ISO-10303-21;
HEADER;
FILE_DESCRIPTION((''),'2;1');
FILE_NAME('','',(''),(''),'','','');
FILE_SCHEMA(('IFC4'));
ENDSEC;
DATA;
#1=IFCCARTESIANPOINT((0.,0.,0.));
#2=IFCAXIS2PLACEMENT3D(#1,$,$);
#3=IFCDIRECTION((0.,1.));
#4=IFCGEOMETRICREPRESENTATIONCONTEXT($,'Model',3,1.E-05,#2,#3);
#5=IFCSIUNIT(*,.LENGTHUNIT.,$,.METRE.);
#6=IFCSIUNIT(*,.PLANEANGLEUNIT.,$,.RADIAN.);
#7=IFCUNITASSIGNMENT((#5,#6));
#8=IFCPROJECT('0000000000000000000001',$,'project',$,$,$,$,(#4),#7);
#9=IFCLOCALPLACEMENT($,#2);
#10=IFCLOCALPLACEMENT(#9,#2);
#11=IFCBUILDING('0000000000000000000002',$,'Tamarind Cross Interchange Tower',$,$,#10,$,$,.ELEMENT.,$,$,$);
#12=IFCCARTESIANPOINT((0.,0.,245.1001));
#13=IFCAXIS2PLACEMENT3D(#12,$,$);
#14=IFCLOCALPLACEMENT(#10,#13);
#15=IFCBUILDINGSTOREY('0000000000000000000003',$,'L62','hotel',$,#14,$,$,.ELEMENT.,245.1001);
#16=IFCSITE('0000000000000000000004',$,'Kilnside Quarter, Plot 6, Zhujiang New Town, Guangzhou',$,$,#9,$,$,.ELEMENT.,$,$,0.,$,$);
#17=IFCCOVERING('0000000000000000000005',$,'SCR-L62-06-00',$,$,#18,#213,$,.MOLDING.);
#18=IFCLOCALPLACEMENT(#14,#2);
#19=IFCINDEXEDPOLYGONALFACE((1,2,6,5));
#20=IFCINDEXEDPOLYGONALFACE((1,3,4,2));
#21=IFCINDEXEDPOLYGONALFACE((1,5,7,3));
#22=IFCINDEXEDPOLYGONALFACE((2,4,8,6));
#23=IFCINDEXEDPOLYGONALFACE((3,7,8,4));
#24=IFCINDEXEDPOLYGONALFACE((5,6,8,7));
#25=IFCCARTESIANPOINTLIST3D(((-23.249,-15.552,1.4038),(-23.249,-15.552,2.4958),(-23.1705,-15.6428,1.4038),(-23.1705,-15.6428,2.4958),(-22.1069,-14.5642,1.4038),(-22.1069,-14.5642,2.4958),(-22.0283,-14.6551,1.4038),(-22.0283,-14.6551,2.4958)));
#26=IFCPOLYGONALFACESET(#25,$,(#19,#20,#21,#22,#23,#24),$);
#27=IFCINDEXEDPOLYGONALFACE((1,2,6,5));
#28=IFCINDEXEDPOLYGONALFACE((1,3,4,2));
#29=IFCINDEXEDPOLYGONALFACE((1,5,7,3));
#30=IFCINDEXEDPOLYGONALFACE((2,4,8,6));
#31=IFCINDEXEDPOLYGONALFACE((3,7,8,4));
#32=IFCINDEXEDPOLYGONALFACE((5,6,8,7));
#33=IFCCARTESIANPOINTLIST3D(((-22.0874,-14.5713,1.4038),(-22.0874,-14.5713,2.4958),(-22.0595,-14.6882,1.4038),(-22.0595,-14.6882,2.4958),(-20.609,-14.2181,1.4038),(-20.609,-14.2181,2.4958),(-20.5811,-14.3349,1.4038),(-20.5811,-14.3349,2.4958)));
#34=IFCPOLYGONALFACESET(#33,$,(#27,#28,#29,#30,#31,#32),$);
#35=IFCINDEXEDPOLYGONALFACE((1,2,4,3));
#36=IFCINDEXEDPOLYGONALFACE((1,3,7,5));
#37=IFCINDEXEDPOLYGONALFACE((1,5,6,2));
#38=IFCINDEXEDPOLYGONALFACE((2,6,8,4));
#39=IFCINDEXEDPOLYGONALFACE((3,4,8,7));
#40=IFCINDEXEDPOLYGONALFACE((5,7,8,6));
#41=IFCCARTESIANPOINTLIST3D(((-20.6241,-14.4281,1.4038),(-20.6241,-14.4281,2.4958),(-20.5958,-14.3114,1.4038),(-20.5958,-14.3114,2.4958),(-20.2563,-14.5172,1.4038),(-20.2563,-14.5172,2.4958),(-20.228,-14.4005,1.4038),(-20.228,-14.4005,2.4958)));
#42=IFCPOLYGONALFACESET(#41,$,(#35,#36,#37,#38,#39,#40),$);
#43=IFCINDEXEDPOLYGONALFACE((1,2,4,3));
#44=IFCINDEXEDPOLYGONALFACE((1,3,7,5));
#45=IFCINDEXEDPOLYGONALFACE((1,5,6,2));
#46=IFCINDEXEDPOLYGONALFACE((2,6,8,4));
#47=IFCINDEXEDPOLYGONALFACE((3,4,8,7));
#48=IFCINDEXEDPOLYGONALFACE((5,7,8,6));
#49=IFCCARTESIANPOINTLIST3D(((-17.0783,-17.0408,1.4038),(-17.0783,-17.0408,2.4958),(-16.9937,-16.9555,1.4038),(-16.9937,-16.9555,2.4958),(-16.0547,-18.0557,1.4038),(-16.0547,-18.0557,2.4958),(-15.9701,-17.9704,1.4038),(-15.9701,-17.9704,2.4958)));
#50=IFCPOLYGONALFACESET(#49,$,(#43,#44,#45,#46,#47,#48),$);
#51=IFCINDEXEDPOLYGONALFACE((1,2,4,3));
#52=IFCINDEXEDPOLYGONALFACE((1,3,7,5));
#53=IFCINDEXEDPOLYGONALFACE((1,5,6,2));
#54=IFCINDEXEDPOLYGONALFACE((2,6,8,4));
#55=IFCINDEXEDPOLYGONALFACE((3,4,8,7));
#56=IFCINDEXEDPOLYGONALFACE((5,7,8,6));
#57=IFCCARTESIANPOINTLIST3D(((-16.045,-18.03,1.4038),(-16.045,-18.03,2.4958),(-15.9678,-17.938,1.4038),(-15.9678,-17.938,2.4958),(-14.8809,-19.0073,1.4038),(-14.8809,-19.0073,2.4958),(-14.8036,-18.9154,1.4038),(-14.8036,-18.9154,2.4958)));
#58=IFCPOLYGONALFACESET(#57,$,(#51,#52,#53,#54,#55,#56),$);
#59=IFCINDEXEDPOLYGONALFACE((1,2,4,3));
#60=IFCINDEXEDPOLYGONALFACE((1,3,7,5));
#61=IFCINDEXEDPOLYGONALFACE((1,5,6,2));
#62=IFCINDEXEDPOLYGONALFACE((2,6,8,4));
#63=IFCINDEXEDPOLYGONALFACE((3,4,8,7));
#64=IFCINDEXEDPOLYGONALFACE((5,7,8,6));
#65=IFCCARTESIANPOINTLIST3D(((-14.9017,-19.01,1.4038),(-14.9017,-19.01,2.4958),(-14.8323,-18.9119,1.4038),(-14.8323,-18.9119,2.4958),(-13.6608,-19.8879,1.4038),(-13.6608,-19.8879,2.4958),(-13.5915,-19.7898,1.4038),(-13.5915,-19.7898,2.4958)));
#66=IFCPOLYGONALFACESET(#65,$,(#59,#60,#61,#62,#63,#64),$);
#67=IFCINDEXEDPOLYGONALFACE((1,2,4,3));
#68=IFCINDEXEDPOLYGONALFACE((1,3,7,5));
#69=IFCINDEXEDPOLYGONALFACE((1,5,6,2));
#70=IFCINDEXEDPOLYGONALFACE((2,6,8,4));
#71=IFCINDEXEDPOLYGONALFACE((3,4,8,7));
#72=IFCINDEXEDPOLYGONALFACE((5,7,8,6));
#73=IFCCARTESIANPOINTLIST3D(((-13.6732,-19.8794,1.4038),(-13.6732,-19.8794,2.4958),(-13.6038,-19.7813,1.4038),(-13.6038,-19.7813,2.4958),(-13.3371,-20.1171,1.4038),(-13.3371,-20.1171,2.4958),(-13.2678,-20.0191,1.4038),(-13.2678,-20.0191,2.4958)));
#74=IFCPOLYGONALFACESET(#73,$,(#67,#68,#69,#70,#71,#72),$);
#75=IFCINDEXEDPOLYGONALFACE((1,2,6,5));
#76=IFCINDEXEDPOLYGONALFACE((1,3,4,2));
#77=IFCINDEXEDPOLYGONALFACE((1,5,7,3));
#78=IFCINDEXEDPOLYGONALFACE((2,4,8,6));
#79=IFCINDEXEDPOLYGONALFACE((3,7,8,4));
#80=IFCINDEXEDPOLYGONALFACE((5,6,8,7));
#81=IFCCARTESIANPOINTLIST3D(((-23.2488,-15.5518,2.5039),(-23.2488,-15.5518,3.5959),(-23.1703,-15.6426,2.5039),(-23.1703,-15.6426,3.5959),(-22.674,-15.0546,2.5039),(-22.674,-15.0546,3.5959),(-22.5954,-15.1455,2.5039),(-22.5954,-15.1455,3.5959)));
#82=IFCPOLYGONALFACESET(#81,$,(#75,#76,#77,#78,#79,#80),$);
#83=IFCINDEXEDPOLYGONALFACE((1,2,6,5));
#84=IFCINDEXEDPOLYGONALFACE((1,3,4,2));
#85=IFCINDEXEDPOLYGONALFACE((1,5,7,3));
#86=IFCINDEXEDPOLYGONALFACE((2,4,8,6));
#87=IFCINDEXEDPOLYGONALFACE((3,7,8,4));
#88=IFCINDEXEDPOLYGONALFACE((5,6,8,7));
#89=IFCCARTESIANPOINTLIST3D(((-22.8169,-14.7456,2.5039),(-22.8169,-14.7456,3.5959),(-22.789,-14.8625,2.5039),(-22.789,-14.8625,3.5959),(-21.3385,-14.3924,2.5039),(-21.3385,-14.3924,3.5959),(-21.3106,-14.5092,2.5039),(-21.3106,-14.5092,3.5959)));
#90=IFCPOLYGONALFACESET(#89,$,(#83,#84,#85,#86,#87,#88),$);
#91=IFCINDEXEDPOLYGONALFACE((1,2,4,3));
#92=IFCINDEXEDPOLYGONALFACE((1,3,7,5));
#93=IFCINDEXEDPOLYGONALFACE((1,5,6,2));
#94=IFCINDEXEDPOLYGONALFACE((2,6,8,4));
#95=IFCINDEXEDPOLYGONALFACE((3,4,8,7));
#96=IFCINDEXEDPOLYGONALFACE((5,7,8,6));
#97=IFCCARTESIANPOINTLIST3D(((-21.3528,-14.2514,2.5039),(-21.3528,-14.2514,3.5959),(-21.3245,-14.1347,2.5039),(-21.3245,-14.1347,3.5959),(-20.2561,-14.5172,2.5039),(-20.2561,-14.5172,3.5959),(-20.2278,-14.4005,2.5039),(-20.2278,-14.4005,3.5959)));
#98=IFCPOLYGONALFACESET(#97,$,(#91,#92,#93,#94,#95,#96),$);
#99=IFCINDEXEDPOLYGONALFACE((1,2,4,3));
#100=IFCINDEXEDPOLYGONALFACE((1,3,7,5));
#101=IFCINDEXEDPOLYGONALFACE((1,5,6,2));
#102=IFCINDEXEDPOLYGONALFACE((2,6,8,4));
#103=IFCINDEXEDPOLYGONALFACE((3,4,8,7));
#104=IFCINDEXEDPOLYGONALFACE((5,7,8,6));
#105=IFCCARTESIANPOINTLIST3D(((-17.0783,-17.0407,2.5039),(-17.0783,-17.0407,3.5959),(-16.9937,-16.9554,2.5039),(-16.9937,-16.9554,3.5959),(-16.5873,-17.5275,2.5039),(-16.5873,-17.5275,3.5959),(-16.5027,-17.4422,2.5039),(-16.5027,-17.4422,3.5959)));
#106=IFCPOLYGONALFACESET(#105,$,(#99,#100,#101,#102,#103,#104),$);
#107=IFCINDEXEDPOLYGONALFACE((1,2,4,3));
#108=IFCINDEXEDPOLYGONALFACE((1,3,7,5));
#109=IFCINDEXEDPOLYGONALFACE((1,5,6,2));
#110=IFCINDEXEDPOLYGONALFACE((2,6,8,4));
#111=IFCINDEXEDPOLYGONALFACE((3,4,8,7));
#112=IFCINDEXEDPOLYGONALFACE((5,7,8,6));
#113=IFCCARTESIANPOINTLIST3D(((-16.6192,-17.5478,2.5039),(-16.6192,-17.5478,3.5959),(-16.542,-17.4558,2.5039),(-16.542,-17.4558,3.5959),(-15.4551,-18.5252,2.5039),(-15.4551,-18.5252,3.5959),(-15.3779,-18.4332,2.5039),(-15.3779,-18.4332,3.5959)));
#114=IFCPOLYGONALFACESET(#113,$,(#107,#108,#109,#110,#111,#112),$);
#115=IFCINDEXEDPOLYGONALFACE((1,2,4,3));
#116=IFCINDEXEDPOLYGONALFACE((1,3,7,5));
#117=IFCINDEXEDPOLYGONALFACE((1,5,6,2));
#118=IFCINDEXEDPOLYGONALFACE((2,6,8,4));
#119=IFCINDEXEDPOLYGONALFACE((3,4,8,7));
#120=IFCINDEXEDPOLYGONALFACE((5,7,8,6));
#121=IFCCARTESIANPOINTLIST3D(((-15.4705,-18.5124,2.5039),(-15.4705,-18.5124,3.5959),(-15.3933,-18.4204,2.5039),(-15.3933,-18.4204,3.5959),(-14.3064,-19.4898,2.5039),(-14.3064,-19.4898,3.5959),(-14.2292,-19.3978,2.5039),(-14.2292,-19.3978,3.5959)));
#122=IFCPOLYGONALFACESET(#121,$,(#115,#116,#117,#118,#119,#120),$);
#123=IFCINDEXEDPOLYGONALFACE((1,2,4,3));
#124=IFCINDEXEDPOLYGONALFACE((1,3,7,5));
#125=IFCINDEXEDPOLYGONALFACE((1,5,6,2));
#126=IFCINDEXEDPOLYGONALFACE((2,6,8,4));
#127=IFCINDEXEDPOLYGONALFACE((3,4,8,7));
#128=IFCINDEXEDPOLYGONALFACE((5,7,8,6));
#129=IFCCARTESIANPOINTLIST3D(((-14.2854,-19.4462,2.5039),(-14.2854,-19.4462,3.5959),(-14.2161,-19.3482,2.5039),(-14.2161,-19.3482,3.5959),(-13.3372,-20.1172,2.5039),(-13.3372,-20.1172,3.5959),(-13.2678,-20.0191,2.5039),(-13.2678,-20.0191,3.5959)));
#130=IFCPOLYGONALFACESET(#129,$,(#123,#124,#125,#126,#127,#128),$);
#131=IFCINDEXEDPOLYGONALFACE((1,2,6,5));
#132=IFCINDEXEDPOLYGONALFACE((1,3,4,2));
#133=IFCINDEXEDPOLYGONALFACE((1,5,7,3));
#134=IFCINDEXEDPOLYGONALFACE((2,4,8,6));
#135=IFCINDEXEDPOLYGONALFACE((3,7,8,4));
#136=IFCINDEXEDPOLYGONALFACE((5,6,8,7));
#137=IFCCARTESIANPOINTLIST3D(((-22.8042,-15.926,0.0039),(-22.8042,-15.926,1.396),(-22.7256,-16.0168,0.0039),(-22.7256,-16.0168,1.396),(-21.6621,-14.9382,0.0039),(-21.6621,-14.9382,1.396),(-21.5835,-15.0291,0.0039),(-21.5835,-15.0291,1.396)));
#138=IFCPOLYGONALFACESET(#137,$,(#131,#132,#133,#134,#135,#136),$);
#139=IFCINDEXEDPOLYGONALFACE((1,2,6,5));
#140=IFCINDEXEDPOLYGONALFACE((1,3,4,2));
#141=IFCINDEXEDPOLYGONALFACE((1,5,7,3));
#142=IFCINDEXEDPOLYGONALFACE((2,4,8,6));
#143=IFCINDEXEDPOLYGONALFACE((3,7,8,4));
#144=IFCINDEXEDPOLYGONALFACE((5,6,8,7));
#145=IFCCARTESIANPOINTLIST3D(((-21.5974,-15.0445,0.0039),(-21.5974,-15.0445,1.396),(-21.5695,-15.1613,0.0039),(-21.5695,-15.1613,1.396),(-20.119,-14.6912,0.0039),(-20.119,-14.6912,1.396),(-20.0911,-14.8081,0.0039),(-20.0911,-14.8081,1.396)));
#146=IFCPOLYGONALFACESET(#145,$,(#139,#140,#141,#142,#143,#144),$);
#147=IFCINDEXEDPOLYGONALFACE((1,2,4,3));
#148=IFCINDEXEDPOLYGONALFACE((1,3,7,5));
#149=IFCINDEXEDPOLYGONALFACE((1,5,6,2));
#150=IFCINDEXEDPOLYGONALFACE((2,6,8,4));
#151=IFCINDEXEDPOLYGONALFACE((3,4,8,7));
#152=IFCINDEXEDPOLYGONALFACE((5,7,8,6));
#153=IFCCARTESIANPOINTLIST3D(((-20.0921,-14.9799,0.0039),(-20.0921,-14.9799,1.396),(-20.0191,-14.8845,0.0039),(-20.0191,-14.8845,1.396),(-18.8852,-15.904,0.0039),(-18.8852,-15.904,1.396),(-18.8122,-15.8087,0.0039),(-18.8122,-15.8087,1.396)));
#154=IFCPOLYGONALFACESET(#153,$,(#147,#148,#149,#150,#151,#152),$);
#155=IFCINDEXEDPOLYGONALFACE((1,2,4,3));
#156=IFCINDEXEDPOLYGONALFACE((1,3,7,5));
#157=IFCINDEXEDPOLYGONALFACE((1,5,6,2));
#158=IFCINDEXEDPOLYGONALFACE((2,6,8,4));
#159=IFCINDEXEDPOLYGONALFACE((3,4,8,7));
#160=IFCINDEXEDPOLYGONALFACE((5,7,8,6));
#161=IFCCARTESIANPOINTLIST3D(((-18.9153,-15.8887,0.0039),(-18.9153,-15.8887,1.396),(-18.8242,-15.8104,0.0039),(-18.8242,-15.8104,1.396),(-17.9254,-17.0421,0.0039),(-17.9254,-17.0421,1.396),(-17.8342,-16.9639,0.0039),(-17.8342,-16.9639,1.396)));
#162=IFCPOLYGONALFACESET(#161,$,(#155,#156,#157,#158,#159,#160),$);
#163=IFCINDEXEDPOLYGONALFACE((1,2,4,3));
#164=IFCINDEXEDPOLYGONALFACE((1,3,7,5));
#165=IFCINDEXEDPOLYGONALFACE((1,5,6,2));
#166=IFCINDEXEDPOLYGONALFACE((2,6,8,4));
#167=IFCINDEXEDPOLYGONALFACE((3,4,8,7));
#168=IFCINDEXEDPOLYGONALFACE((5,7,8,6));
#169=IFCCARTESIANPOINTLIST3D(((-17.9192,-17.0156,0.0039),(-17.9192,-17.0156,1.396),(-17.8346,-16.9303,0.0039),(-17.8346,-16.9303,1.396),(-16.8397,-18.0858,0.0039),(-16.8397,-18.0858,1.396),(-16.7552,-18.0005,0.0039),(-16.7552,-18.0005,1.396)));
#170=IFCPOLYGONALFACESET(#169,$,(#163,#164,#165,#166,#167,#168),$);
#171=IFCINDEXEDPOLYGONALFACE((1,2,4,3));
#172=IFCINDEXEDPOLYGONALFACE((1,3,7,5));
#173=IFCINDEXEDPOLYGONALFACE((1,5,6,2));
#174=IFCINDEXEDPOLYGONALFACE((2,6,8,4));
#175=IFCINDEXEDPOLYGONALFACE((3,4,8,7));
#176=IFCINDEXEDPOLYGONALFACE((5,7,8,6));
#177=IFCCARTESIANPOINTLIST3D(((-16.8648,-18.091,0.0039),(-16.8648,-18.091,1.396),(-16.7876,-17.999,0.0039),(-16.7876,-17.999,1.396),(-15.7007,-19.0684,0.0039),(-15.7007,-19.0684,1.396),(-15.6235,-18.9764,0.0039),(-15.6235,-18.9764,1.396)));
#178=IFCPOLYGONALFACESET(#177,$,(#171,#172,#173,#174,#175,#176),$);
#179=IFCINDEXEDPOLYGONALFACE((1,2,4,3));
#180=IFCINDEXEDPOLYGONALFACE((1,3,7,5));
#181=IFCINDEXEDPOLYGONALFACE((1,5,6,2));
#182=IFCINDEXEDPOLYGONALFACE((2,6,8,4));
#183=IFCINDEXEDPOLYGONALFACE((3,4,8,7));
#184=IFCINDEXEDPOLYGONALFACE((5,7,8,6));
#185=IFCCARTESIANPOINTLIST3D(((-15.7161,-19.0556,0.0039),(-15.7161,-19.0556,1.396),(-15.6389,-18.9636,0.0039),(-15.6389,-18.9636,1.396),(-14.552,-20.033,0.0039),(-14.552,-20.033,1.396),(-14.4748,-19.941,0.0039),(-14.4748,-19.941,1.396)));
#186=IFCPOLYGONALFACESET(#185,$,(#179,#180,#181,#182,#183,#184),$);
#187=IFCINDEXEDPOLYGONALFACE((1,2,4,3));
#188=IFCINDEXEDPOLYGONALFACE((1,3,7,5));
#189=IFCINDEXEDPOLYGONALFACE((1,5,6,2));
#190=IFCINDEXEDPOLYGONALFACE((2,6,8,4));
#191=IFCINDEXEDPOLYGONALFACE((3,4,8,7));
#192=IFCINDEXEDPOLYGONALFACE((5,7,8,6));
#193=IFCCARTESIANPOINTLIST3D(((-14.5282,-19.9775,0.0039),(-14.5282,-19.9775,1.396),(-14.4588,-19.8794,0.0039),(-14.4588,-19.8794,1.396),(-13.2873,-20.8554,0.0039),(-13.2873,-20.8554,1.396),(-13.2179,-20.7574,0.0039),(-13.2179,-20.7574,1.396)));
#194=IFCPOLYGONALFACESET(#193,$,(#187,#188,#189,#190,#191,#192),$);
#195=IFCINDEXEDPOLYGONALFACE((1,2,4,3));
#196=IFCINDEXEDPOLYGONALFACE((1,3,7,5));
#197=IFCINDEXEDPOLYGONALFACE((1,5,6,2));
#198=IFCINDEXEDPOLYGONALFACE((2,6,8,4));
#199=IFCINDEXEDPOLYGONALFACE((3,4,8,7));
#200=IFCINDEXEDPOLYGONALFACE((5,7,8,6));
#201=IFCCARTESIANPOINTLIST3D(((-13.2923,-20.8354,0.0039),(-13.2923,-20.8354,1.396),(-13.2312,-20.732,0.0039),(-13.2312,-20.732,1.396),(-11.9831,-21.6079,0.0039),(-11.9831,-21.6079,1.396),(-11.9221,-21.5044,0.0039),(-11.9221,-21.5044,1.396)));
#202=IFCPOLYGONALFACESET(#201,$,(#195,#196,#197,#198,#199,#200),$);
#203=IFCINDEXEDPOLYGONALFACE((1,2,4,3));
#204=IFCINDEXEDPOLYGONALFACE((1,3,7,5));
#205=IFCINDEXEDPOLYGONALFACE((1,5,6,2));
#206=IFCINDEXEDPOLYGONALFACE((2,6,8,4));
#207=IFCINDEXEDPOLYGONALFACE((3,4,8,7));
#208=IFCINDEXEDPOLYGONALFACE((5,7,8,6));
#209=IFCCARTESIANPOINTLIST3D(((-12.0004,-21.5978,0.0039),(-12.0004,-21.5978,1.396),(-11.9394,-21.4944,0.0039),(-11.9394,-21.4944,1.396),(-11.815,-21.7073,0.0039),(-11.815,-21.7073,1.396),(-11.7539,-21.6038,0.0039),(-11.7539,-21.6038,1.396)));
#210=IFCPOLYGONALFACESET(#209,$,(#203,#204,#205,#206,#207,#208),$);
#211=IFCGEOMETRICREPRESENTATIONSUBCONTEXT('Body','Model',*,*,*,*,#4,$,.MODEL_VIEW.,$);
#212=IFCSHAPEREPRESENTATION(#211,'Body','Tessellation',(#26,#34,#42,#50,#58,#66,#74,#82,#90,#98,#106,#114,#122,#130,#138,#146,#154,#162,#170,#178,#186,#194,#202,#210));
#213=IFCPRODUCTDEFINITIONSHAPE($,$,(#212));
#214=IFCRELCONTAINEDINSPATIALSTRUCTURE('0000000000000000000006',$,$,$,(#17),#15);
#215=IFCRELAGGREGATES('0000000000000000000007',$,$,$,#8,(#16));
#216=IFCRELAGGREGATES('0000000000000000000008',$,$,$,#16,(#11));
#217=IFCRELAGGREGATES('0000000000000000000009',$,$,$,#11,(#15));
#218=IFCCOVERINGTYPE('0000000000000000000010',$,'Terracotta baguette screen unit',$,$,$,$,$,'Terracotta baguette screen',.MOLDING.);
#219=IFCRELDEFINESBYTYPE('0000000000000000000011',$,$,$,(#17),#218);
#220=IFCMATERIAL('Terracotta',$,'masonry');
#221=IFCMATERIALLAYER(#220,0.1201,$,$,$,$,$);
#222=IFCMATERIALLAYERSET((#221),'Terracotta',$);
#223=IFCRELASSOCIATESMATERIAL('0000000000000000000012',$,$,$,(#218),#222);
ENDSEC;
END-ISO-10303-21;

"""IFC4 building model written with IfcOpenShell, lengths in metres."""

from ifc_helpers import new_model, si_unit, direction, frame, origin, origin_2d, place, context, subcontext, project, spatial, rectangle, extrude, material, layer, layer_set, type_object, element, save


model = new_model("IFC4")

# Units and contexts
model_context = context("Model", 3, precision=1e-05, world=origin(), true_north=direction((0.0, 1.0)))
body_context = subcontext(model_context, "Body", "Model", "MODEL_VIEW")
ifc_project = project(units=[si_unit("LENGTHUNIT", "METRE"), si_unit("PLANEANGLEUNIT", "RADIAN")], contexts=[model_context])

# Site, building, storey
site_placement = place(None, origin())
site = spatial("IfcSite", under=ifc_project, at=site_placement, Name="Kilnside Quarter, Plot 6, Zhujiang New Town, Guangzhou", CompositionType="ELEMENT", RefElevation=0.0)
building_placement = place(site_placement, origin())
building = spatial("IfcBuilding", under=site, at=building_placement, Name="Tamarind Cross Interchange Tower", CompositionType="ELEMENT")
storey_placement = place(building_placement, frame((0.0, 0.0, 245.1001)))
storey = spatial("IfcBuildingStorey", under=building, at=storey_placement, Name="L62", Description="hotel", CompositionType="ELEMENT", Elevation=245.1001)

# Covering
ifc_material_1 = material(Name="Terracotta", Category="masonry")
ifc_layer_1 = layer(ifc_material_1, 0.1201)
ifc_layer_set_1 = layer_set([ifc_layer_1], Name="Terracotta")
covering_type = type_object("IfcCoveringType", Name="Terracotta baguette screen unit", ElementType="Terracotta baguette screen", PredefinedType="MOLDING", material=ifc_layer_set_1)
covering_1_placement = place(storey_placement, origin())
element("IfcCovering", 1, at=covering_1_placement, inside=storey, type_object=covering_type, Name="SCR-L62-06-00", PredefinedType="MOLDING", context=body_context, shape_type="SweptSolid", body=[
    extrude(rectangle(XDim=1.51, YDim=0.1201, at=origin_2d()), frame((-22.6387, -15.1035, 1.4038), z_axis=(0.0, 0.0, 1.0), x_axis=(0.756383, 0.654129, 0.0)), (0.0, 0.0, 1.0), 1.092),
    extrude(rectangle(XDim=1.52, YDim=0.1201, at=origin_2d()), frame((-21.3342, -14.4531, 1.4038), z_axis=(0.0, 0.0, 1.0), x_axis=(0.972625, 0.23238, 0.0)), (0.0, 0.0, 1.0), 1.092),
    extrude(rectangle(XDim=0.3784, YDim=0.1201, at=origin_2d()), frame((-20.426, -14.4143, 1.4038), z_axis=(0.0, 0.0, 1.0), x_axis=(0.971862, -0.235552, 0.0)), (0.0, 0.0, 1.0), 1.092),
    extrude(rectangle(XDim=1.4414, YDim=0.1201, at=origin_2d()), frame((-16.5242, -17.5056, 1.4038), z_axis=(0.0, 0.0, 1.0), x_axis=(0.710143, -0.704057, 0.0)), (0.0, 0.0, 1.0), 1.092),
    extrude(rectangle(XDim=1.52, YDim=0.1201, at=origin_2d()), frame((-15.4243, -18.4727, 1.4038), z_axis=(0.0, 0.0, 1.0), x_axis=(0.765858, -0.643009, 0.0)), (0.0, 0.0, 1.0), 1.092),
    extrude(rectangle(XDim=1.52, YDim=0.1201, at=origin_2d()), frame((-14.2466, -19.3999, 1.4038), z_axis=(0.0, 0.0, 1.0), x_axis=(0.816342, -0.577569, 0.0)), (0.0, 0.0, 1.0), 1.092),
    extrude(rectangle(XDim=0.4116, YDim=0.1201, at=origin_2d()), frame((-13.4705, -19.9492, 1.4038), z_axis=(0.0, 0.0, 1.0), x_axis=(0.816342, -0.577569, 0.0)), (0.0, 0.0, 1.0), 1.092),
    extrude(rectangle(XDim=0.76, YDim=0.1201, at=origin_2d()), frame((-22.9221, -15.3486, 2.5039), z_axis=(0.0, 0.0, 1.0), x_axis=(0.756383, 0.654129, 0.0)), (0.0, 0.0, 1.0), 1.092),
    extrude(rectangle(XDim=1.52, YDim=0.1201, at=origin_2d()), frame((-22.0637, -14.6274, 2.5039), z_axis=(0.0, 0.0, 1.0), x_axis=(0.972625, 0.23238, 0.0)), (0.0, 0.0, 1.0), 1.092),
    extrude(rectangle(XDim=1.1284, YDim=0.1201, at=origin_2d()), frame((-20.7903, -14.3259, 2.5039), z_axis=(0.0, 0.0, 1.0), x_axis=(0.971862, -0.235552, 0.0)), (0.0, 0.0, 1.0), 1.092),
    extrude(rectangle(XDim=0.6914, YDim=0.1201, at=origin_2d()), frame((-16.7905, -17.2415, 2.5039), z_axis=(0.0, 0.0, 1.0), x_axis=(0.710143, -0.704057, 0.0)), (0.0, 0.0, 1.0), 1.092),
    extrude(rectangle(XDim=1.52, YDim=0.1201, at=origin_2d()), frame((-15.9985, -17.9905, 2.5039), z_axis=(0.0, 0.0, 1.0), x_axis=(0.765858, -0.643009, 0.0)), (0.0, 0.0, 1.0), 1.092),
    extrude(rectangle(XDim=1.52, YDim=0.1201, at=origin_2d()), frame((-14.8499, -18.9551, 2.5039), z_axis=(0.0, 0.0, 1.0), x_axis=(0.765858, -0.643009, 0.0)), (0.0, 0.0, 1.0), 1.092),
    extrude(rectangle(XDim=1.1616, YDim=0.1201, at=origin_2d()), frame((-13.7766, -19.7327, 2.5039), z_axis=(0.0, 0.0, 1.0), x_axis=(0.816342, -0.577569, 0.0)), (0.0, 0.0, 1.0), 1.092),
    extrude(rectangle(XDim=1.51, YDim=0.1201, at=origin_2d()), frame((-22.1938, -15.4775, 0.0039), z_axis=(0.0, 0.0, 1.0), x_axis=(0.756383, 0.654129, 0.0)), (0.0, 0.0, 1.0), 1.3921),
    extrude(rectangle(XDim=1.52, YDim=0.1201, at=origin_2d()), frame((-20.8442, -14.9263, 0.0039), z_axis=(0.0, 0.0, 1.0), x_axis=(0.972625, 0.23238, 0.0)), (0.0, 0.0, 1.0), 1.3921),
    extrude(rectangle(XDim=1.52, YDim=0.1201, at=origin_2d()), frame((-19.4521, -15.3943, 0.0039), z_axis=(0.0, 0.0, 1.0), x_axis=(0.793963, -0.607966, 0.0)), (0.0, 0.0, 1.0), 1.3921),
    extrude(rectangle(XDim=1.52, YDim=0.1201, at=origin_2d()), frame((-18.3748, -16.4263, 0.0039), z_axis=(0.0, 0.0, 1.0), x_axis=(0.651273, -0.758844, 0.0)), (0.0, 0.0, 1.0), 1.3921),
    extrude(rectangle(XDim=1.52, YDim=0.1201, at=origin_2d()), frame((-17.3372, -17.5081, 0.0039), z_axis=(0.0, 0.0, 1.0), x_axis=(0.710143, -0.704057, 0.0)), (0.0, 0.0, 1.0), 1.3921),
    extrude(rectangle(XDim=1.52, YDim=0.1201, at=origin_2d()), frame((-16.2441, -18.5337, 0.0039), z_axis=(0.0, 0.0, 1.0), x_axis=(0.765858, -0.643009, 0.0)), (0.0, 0.0, 1.0), 1.3921),
    extrude(rectangle(XDim=1.52, YDim=0.1201, at=origin_2d()), frame((-15.0955, -19.4983, 0.0039), z_axis=(0.0, 0.0, 1.0), x_axis=(0.765858, -0.643009, 0.0)), (0.0, 0.0, 1.0), 1.3921),
    extrude(rectangle(XDim=1.52, YDim=0.1201, at=origin_2d()), frame((-13.873, -20.3674, 0.0039), z_axis=(0.0, 0.0, 1.0), x_axis=(0.816342, -0.577569, 0.0)), (0.0, 0.0, 1.0), 1.3921),
    extrude(rectangle(XDim=1.52, YDim=0.1201, at=origin_2d()), frame((-12.6072, -21.1699, 0.0039), z_axis=(0.0, 0.0, 1.0), x_axis=(0.861249, -0.508183, 0.0)), (0.0, 0.0, 1.0), 1.3921),
    extrude(rectangle(XDim=0.2153, YDim=0.1201, at=origin_2d()), frame((-11.8772, -21.6008, 0.0039), z_axis=(0.0, 0.0, 1.0), x_axis=(0.861249, -0.508183, 0.0)), (0.0, 0.0, 1.0), 1.3921),
])

save(model, "model.ifc")
